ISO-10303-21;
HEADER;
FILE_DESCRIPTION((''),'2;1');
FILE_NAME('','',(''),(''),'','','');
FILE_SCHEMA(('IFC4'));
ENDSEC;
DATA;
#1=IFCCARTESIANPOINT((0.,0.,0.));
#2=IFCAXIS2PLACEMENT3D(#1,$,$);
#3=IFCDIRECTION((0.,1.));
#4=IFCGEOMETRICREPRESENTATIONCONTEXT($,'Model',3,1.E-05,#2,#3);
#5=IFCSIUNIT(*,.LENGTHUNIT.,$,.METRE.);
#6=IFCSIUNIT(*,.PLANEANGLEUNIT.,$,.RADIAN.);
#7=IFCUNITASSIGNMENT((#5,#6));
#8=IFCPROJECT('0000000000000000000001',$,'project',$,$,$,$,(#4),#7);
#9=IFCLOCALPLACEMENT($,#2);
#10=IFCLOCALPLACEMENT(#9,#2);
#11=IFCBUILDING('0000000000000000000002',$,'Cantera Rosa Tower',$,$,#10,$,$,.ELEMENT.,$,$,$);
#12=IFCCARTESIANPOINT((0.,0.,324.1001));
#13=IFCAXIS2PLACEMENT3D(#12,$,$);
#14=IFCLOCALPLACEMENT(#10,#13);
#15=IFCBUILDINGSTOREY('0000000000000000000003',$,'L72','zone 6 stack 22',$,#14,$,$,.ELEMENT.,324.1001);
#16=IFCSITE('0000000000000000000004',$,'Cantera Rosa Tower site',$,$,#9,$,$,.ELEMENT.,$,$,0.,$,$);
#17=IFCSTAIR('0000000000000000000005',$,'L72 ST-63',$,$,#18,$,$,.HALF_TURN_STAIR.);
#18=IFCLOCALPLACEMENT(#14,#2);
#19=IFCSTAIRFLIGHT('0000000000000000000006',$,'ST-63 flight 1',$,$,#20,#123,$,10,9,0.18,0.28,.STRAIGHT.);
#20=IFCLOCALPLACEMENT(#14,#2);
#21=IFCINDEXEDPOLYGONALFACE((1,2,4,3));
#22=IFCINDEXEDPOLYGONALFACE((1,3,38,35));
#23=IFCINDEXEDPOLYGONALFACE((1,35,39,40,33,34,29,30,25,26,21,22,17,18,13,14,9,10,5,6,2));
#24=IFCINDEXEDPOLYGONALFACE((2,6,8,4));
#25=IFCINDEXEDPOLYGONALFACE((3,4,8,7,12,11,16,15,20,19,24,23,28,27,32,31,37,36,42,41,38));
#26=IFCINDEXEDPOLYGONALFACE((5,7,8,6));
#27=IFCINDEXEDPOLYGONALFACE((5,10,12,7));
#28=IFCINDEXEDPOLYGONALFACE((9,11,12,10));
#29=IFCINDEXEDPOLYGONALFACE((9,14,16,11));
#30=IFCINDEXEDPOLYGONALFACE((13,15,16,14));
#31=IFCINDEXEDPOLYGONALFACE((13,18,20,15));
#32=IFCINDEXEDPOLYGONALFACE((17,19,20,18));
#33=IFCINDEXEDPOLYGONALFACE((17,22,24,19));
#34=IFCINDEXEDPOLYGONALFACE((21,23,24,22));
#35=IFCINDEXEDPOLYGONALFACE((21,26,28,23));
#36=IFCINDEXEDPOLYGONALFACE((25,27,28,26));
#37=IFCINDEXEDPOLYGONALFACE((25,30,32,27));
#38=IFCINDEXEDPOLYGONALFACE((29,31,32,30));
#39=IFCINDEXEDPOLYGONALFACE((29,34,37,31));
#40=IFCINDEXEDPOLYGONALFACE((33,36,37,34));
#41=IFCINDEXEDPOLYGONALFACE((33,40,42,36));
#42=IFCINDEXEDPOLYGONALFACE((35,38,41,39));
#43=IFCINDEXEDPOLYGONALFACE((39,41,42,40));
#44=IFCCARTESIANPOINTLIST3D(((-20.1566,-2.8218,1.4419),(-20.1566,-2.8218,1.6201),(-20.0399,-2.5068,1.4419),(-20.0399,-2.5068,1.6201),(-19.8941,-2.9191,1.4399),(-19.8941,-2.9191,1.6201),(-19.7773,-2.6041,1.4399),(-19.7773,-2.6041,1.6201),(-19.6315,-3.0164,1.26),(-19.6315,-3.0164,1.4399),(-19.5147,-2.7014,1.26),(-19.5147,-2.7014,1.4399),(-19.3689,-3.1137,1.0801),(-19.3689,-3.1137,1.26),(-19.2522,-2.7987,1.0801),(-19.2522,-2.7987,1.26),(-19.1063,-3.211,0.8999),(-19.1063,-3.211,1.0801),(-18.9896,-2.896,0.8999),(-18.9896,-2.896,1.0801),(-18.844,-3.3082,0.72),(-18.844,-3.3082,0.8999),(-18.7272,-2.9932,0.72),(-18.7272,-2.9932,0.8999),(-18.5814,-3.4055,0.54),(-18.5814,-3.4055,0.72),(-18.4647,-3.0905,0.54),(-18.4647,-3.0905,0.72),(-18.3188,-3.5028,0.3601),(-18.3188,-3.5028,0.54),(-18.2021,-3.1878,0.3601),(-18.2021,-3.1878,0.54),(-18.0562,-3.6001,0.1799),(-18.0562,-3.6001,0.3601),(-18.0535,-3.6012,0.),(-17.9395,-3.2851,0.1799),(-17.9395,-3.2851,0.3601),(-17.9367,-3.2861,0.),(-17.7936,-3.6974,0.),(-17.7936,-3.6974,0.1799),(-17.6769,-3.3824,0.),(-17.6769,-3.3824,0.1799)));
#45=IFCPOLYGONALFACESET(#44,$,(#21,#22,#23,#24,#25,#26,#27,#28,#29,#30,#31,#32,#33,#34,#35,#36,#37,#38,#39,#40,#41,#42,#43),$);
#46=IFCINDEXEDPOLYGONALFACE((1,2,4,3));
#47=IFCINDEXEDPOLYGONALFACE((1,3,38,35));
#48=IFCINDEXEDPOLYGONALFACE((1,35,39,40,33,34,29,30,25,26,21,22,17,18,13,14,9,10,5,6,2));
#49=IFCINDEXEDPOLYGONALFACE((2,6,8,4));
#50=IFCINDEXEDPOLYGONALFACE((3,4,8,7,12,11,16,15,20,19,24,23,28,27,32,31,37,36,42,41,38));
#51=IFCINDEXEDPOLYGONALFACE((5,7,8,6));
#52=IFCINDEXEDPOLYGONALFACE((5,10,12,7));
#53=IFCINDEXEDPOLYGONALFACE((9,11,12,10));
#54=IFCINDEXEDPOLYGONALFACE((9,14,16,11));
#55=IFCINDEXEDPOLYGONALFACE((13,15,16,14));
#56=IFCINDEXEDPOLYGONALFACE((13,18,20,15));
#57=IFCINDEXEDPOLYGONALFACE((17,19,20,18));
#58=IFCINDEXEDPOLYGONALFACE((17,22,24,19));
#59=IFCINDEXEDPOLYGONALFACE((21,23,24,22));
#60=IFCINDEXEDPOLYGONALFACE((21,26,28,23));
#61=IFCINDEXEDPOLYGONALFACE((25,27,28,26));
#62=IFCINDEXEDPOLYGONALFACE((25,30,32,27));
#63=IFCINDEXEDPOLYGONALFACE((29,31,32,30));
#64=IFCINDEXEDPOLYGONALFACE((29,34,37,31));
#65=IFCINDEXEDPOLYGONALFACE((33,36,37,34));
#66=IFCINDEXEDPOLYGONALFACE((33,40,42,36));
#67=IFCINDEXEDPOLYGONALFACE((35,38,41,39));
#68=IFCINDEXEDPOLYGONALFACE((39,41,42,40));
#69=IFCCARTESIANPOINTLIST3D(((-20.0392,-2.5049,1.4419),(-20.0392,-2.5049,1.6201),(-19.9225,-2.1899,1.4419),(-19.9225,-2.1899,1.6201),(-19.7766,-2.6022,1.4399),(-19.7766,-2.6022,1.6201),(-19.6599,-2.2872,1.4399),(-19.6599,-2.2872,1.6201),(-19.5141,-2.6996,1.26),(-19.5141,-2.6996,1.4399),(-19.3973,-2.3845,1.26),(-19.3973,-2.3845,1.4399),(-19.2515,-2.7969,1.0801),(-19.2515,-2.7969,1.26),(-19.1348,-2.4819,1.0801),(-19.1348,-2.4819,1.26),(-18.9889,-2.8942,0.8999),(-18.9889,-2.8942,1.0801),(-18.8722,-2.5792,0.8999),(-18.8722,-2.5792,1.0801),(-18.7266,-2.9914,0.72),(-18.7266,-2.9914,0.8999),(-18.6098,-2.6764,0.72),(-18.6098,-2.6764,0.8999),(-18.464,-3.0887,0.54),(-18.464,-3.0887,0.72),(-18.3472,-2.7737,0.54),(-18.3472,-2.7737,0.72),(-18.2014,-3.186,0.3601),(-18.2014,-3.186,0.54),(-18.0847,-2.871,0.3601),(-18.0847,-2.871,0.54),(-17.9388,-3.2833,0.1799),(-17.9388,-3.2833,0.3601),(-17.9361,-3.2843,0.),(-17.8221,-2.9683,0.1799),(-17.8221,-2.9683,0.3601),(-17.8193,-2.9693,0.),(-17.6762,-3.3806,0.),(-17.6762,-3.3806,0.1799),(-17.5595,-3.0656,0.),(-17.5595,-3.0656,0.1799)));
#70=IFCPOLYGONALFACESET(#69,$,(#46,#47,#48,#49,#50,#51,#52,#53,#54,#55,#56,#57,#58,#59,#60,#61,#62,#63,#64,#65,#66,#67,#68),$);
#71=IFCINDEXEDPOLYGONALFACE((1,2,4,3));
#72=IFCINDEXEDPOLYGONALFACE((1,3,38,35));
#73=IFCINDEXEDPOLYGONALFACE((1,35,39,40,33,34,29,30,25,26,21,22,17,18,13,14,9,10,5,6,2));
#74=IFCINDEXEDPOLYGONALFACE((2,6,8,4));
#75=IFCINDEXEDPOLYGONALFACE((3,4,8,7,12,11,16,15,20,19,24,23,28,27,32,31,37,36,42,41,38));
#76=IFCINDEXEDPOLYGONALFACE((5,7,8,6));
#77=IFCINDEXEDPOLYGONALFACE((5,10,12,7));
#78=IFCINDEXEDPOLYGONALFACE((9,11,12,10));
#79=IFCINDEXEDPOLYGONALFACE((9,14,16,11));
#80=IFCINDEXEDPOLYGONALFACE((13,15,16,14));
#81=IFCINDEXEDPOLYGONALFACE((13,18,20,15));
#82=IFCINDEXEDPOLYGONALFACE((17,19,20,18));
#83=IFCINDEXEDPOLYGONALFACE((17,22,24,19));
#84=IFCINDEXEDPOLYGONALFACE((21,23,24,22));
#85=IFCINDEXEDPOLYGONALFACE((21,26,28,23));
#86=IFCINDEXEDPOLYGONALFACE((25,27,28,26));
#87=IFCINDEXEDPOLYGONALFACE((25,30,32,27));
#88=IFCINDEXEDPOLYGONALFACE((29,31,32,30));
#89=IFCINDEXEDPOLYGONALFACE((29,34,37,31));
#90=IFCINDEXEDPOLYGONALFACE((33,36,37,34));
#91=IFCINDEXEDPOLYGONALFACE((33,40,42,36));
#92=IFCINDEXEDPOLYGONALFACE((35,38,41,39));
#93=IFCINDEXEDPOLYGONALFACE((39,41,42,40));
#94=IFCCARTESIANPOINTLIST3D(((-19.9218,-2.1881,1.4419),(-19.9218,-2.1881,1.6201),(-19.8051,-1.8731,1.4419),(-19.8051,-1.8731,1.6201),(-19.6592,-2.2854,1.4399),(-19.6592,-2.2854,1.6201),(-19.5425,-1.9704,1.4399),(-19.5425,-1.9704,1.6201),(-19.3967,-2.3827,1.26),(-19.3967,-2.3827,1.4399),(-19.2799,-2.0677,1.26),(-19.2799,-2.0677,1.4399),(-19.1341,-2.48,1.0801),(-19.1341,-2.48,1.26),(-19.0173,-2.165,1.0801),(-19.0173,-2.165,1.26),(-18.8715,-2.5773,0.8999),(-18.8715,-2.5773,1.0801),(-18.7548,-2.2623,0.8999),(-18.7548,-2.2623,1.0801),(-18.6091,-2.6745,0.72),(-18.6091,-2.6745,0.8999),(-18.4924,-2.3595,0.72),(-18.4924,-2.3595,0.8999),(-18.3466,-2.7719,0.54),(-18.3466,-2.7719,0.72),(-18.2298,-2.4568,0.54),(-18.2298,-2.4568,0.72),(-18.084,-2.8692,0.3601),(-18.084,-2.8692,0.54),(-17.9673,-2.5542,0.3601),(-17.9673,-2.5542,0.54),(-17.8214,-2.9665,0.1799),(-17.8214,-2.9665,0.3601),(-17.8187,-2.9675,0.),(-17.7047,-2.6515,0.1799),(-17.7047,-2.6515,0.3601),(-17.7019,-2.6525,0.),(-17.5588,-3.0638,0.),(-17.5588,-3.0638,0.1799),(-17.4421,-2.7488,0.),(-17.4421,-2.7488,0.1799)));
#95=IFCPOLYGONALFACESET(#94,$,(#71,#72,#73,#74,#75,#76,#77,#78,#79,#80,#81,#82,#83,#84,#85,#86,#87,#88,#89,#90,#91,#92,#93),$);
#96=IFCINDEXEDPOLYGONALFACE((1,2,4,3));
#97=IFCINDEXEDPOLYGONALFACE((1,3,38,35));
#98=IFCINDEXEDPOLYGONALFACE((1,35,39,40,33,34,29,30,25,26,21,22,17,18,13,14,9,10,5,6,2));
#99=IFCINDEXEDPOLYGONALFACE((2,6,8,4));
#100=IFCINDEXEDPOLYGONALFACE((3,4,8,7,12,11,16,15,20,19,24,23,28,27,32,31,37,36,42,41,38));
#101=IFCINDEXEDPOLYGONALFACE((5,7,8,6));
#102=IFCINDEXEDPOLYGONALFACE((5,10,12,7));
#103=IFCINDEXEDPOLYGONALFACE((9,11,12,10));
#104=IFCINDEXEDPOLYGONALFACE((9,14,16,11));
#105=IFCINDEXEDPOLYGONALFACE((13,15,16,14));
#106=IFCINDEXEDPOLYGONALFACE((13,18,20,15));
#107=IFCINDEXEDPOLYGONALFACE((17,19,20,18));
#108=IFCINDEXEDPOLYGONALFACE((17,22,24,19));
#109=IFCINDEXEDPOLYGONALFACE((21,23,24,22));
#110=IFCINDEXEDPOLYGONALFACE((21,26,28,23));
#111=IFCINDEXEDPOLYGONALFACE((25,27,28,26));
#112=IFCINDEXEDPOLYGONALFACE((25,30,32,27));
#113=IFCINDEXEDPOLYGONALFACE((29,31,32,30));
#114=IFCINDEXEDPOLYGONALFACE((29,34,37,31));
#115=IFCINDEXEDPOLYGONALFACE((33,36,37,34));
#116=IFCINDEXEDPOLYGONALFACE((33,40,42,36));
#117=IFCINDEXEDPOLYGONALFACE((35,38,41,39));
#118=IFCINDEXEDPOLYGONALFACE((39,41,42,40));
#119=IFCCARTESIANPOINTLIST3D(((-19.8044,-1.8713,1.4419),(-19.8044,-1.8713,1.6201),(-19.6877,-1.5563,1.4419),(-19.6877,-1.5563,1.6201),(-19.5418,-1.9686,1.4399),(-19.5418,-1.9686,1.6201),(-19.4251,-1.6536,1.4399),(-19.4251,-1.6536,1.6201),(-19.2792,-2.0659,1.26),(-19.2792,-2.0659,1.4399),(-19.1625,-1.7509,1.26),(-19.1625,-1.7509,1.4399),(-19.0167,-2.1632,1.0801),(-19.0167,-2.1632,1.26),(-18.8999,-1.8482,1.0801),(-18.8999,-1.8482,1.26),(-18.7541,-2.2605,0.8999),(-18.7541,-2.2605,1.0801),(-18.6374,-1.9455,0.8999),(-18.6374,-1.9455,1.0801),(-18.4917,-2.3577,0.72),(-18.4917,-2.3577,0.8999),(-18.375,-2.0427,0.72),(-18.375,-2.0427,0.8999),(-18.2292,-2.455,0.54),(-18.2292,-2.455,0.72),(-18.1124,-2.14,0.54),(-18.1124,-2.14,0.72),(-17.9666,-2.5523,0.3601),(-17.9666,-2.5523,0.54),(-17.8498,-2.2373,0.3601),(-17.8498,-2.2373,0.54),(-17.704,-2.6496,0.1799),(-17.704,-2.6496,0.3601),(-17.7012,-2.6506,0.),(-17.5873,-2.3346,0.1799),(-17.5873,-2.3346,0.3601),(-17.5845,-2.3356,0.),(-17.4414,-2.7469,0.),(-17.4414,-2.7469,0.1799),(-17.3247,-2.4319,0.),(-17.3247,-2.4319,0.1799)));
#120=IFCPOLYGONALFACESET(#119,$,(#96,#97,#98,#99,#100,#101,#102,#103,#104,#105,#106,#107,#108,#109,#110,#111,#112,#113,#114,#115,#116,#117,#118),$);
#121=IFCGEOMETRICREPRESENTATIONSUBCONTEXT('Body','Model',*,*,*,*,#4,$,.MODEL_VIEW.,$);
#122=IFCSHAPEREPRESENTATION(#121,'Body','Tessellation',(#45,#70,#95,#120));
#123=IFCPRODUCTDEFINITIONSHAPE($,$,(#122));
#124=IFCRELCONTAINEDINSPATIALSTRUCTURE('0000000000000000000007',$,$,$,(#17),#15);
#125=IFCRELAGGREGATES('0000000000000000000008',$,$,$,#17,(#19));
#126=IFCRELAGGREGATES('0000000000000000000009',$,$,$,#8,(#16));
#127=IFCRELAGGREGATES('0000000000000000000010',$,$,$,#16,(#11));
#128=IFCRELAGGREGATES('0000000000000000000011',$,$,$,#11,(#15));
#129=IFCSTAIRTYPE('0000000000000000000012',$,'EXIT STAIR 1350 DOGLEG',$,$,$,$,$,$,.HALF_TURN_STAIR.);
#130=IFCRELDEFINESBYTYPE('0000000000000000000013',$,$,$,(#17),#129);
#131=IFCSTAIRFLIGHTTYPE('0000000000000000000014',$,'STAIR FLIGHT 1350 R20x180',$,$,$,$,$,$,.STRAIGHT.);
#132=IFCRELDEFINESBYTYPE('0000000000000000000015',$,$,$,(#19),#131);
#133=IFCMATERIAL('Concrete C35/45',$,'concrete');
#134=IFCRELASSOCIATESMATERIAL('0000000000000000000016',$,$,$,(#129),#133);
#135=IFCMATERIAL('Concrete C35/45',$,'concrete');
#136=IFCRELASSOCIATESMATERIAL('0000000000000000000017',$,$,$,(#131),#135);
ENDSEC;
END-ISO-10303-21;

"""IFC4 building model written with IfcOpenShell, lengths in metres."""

from ifc_helpers import new_model, si_unit, direction, frame, origin, place, context, subcontext, project, spatial, polyline, outline, extrude, material, type_object, element, aggregate, save


model = new_model("IFC4")

# Units and contexts
model_context = context("Model", 3, precision=1e-05, world=origin(), true_north=direction((0.0, 1.0)))
body_context = subcontext(model_context, "Body", "Model", "MODEL_VIEW")
ifc_project = project(units=[si_unit("LENGTHUNIT", "METRE"), si_unit("PLANEANGLEUNIT", "RADIAN")], contexts=[model_context])

# Site, building, storey
site_placement = place(None, origin())
site = spatial("IfcSite", under=ifc_project, at=site_placement, Name="Cantera Rosa Tower site", CompositionType="ELEMENT", RefElevation=0.0)
building_placement = place(site_placement, origin())
building = spatial("IfcBuilding", under=site, at=building_placement, Name="Cantera Rosa Tower", CompositionType="ELEMENT")
storey_placement = place(building_placement, frame((0.0, 0.0, 324.1001)))
storey = spatial("IfcBuildingStorey", under=building, at=storey_placement, Name="L72", Description="zone 6 stack 22", CompositionType="ELEMENT", Elevation=324.1001)

# Stair, stair flight
ifc_material_1 = material(Name="Concrete C35/45", Category="concrete")
stair_type = type_object("IfcStairType", Name="EXIT STAIR 1350 DOGLEG", PredefinedType="HALF_TURN_STAIR", material=ifc_material_1)
stair_placement = place(storey_placement, origin())
stair = element("IfcStair", 1, at=stair_placement, inside=storey, type_object=stair_type, Name="L72 ST-63", PredefinedType="HALF_TURN_STAIR")
ifc_material_2 = material(Name="Concrete C35/45", Category="concrete")
stair_flight_type = type_object("IfcStairFlightType", Name="STAIR FLIGHT 1350 R20x180", PredefinedType="STRAIGHT", material=ifc_material_2)
stair_flight_placement = place(storey_placement, frame((-17.5591, -3.0645, 0.0), z_axis=(0.0, 0.0, 1.0), x_axis=(-0.937687, 0.347481, 0.0)))
stair_flight = element("IfcStairFlight", 2, at=stair_flight_placement, type_object=stair_flight_type, Name="ST-63 flight 1", NumberOfRisers=10, NumberOfTreads=9, PredefinedType="STRAIGHT", RiserHeight=0.18, TreadLength=0.28, context=body_context, shape_type="SweptSolid", body=[
    extrude(outline(polyline([(0.0, 0.0), (0.0, 0.1799), (0.28, 0.1799), (0.28, 0.3601), (0.5601, 0.3601), (0.5601, 0.54), (0.8401, 0.54), (0.8401, 0.72), (1.1201, 0.72), (1.1201, 0.8999), (1.3999, 0.8999), (1.3999, 1.0801), (1.6799, 1.0801), (1.6799, 1.26), (1.96, 1.26), (1.96, 1.4399), (2.24, 1.4399), (2.24, 1.6201), (2.52, 1.6201), (2.52, 1.8), (2.52, 1.4419), (0.2771, 0.0), (0.0, 0.0)])), frame((0.0, 0.675, 0.0), z_axis=(0.0, -1.0, 0.0), x_axis=(1.0, 0.0, 0.0)), (0.0, 0.0, 1.0), 0.3359),
    extrude(outline(polyline([(0.0, 0.0), (0.0, 0.1799), (0.28, 0.1799), (0.28, 0.3601), (0.5601, 0.3601), (0.5601, 0.54), (0.8401, 0.54), (0.8401, 0.72), (1.1201, 0.72), (1.1201, 0.8999), (1.3999, 0.8999), (1.3999, 1.0801), (1.6799, 1.0801), (1.6799, 1.26), (1.96, 1.26), (1.96, 1.4399), (2.24, 1.4399), (2.24, 1.6201), (2.52, 1.6201), (2.52, 1.8), (2.52, 1.4419), (0.2771, 0.0), (0.0, 0.0)])), frame((0.0, 0.3372, 0.0), z_axis=(0.0, -1.0, 0.0), x_axis=(1.0, 0.0, 0.0)), (0.0, 0.0, 1.0), 0.3359),
    extrude(outline(polyline([(0.0, 0.0), (0.0, 0.1799), (0.28, 0.1799), (0.28, 0.3601), (0.5601, 0.3601), (0.5601, 0.54), (0.8401, 0.54), (0.8401, 0.72), (1.1201, 0.72), (1.1201, 0.8999), (1.3999, 0.8999), (1.3999, 1.0801), (1.6799, 1.0801), (1.6799, 1.26), (1.96, 1.26), (1.96, 1.4399), (2.24, 1.4399), (2.24, 1.6201), (2.52, 1.6201), (2.52, 1.8), (2.52, 1.4419), (0.2771, 0.0), (0.0, 0.0)])), frame((0.0, -0.0007, 0.0), z_axis=(0.0, -1.0, 0.0), x_axis=(1.0, 0.0, 0.0)), (0.0, 0.0, 1.0), 0.3359),
    extrude(outline(polyline([(0.0, 0.0), (0.0, 0.1799), (0.28, 0.1799), (0.28, 0.3601), (0.5601, 0.3601), (0.5601, 0.54), (0.8401, 0.54), (0.8401, 0.72), (1.1201, 0.72), (1.1201, 0.8999), (1.3999, 0.8999), (1.3999, 1.0801), (1.6799, 1.0801), (1.6799, 1.26), (1.96, 1.26), (1.96, 1.4399), (2.24, 1.4399), (2.24, 1.6201), (2.52, 1.6201), (2.52, 1.8), (2.52, 1.4419), (0.2771, 0.0), (0.0, 0.0)])), frame((0.0, -0.3386, 0.0), z_axis=(0.0, -1.0, 0.0), x_axis=(1.0, 0.0, 0.0)), (0.0, 0.0, 1.0), 0.3359),
])
aggregate(stair, [stair_flight])

save(model, "model.ifc")
